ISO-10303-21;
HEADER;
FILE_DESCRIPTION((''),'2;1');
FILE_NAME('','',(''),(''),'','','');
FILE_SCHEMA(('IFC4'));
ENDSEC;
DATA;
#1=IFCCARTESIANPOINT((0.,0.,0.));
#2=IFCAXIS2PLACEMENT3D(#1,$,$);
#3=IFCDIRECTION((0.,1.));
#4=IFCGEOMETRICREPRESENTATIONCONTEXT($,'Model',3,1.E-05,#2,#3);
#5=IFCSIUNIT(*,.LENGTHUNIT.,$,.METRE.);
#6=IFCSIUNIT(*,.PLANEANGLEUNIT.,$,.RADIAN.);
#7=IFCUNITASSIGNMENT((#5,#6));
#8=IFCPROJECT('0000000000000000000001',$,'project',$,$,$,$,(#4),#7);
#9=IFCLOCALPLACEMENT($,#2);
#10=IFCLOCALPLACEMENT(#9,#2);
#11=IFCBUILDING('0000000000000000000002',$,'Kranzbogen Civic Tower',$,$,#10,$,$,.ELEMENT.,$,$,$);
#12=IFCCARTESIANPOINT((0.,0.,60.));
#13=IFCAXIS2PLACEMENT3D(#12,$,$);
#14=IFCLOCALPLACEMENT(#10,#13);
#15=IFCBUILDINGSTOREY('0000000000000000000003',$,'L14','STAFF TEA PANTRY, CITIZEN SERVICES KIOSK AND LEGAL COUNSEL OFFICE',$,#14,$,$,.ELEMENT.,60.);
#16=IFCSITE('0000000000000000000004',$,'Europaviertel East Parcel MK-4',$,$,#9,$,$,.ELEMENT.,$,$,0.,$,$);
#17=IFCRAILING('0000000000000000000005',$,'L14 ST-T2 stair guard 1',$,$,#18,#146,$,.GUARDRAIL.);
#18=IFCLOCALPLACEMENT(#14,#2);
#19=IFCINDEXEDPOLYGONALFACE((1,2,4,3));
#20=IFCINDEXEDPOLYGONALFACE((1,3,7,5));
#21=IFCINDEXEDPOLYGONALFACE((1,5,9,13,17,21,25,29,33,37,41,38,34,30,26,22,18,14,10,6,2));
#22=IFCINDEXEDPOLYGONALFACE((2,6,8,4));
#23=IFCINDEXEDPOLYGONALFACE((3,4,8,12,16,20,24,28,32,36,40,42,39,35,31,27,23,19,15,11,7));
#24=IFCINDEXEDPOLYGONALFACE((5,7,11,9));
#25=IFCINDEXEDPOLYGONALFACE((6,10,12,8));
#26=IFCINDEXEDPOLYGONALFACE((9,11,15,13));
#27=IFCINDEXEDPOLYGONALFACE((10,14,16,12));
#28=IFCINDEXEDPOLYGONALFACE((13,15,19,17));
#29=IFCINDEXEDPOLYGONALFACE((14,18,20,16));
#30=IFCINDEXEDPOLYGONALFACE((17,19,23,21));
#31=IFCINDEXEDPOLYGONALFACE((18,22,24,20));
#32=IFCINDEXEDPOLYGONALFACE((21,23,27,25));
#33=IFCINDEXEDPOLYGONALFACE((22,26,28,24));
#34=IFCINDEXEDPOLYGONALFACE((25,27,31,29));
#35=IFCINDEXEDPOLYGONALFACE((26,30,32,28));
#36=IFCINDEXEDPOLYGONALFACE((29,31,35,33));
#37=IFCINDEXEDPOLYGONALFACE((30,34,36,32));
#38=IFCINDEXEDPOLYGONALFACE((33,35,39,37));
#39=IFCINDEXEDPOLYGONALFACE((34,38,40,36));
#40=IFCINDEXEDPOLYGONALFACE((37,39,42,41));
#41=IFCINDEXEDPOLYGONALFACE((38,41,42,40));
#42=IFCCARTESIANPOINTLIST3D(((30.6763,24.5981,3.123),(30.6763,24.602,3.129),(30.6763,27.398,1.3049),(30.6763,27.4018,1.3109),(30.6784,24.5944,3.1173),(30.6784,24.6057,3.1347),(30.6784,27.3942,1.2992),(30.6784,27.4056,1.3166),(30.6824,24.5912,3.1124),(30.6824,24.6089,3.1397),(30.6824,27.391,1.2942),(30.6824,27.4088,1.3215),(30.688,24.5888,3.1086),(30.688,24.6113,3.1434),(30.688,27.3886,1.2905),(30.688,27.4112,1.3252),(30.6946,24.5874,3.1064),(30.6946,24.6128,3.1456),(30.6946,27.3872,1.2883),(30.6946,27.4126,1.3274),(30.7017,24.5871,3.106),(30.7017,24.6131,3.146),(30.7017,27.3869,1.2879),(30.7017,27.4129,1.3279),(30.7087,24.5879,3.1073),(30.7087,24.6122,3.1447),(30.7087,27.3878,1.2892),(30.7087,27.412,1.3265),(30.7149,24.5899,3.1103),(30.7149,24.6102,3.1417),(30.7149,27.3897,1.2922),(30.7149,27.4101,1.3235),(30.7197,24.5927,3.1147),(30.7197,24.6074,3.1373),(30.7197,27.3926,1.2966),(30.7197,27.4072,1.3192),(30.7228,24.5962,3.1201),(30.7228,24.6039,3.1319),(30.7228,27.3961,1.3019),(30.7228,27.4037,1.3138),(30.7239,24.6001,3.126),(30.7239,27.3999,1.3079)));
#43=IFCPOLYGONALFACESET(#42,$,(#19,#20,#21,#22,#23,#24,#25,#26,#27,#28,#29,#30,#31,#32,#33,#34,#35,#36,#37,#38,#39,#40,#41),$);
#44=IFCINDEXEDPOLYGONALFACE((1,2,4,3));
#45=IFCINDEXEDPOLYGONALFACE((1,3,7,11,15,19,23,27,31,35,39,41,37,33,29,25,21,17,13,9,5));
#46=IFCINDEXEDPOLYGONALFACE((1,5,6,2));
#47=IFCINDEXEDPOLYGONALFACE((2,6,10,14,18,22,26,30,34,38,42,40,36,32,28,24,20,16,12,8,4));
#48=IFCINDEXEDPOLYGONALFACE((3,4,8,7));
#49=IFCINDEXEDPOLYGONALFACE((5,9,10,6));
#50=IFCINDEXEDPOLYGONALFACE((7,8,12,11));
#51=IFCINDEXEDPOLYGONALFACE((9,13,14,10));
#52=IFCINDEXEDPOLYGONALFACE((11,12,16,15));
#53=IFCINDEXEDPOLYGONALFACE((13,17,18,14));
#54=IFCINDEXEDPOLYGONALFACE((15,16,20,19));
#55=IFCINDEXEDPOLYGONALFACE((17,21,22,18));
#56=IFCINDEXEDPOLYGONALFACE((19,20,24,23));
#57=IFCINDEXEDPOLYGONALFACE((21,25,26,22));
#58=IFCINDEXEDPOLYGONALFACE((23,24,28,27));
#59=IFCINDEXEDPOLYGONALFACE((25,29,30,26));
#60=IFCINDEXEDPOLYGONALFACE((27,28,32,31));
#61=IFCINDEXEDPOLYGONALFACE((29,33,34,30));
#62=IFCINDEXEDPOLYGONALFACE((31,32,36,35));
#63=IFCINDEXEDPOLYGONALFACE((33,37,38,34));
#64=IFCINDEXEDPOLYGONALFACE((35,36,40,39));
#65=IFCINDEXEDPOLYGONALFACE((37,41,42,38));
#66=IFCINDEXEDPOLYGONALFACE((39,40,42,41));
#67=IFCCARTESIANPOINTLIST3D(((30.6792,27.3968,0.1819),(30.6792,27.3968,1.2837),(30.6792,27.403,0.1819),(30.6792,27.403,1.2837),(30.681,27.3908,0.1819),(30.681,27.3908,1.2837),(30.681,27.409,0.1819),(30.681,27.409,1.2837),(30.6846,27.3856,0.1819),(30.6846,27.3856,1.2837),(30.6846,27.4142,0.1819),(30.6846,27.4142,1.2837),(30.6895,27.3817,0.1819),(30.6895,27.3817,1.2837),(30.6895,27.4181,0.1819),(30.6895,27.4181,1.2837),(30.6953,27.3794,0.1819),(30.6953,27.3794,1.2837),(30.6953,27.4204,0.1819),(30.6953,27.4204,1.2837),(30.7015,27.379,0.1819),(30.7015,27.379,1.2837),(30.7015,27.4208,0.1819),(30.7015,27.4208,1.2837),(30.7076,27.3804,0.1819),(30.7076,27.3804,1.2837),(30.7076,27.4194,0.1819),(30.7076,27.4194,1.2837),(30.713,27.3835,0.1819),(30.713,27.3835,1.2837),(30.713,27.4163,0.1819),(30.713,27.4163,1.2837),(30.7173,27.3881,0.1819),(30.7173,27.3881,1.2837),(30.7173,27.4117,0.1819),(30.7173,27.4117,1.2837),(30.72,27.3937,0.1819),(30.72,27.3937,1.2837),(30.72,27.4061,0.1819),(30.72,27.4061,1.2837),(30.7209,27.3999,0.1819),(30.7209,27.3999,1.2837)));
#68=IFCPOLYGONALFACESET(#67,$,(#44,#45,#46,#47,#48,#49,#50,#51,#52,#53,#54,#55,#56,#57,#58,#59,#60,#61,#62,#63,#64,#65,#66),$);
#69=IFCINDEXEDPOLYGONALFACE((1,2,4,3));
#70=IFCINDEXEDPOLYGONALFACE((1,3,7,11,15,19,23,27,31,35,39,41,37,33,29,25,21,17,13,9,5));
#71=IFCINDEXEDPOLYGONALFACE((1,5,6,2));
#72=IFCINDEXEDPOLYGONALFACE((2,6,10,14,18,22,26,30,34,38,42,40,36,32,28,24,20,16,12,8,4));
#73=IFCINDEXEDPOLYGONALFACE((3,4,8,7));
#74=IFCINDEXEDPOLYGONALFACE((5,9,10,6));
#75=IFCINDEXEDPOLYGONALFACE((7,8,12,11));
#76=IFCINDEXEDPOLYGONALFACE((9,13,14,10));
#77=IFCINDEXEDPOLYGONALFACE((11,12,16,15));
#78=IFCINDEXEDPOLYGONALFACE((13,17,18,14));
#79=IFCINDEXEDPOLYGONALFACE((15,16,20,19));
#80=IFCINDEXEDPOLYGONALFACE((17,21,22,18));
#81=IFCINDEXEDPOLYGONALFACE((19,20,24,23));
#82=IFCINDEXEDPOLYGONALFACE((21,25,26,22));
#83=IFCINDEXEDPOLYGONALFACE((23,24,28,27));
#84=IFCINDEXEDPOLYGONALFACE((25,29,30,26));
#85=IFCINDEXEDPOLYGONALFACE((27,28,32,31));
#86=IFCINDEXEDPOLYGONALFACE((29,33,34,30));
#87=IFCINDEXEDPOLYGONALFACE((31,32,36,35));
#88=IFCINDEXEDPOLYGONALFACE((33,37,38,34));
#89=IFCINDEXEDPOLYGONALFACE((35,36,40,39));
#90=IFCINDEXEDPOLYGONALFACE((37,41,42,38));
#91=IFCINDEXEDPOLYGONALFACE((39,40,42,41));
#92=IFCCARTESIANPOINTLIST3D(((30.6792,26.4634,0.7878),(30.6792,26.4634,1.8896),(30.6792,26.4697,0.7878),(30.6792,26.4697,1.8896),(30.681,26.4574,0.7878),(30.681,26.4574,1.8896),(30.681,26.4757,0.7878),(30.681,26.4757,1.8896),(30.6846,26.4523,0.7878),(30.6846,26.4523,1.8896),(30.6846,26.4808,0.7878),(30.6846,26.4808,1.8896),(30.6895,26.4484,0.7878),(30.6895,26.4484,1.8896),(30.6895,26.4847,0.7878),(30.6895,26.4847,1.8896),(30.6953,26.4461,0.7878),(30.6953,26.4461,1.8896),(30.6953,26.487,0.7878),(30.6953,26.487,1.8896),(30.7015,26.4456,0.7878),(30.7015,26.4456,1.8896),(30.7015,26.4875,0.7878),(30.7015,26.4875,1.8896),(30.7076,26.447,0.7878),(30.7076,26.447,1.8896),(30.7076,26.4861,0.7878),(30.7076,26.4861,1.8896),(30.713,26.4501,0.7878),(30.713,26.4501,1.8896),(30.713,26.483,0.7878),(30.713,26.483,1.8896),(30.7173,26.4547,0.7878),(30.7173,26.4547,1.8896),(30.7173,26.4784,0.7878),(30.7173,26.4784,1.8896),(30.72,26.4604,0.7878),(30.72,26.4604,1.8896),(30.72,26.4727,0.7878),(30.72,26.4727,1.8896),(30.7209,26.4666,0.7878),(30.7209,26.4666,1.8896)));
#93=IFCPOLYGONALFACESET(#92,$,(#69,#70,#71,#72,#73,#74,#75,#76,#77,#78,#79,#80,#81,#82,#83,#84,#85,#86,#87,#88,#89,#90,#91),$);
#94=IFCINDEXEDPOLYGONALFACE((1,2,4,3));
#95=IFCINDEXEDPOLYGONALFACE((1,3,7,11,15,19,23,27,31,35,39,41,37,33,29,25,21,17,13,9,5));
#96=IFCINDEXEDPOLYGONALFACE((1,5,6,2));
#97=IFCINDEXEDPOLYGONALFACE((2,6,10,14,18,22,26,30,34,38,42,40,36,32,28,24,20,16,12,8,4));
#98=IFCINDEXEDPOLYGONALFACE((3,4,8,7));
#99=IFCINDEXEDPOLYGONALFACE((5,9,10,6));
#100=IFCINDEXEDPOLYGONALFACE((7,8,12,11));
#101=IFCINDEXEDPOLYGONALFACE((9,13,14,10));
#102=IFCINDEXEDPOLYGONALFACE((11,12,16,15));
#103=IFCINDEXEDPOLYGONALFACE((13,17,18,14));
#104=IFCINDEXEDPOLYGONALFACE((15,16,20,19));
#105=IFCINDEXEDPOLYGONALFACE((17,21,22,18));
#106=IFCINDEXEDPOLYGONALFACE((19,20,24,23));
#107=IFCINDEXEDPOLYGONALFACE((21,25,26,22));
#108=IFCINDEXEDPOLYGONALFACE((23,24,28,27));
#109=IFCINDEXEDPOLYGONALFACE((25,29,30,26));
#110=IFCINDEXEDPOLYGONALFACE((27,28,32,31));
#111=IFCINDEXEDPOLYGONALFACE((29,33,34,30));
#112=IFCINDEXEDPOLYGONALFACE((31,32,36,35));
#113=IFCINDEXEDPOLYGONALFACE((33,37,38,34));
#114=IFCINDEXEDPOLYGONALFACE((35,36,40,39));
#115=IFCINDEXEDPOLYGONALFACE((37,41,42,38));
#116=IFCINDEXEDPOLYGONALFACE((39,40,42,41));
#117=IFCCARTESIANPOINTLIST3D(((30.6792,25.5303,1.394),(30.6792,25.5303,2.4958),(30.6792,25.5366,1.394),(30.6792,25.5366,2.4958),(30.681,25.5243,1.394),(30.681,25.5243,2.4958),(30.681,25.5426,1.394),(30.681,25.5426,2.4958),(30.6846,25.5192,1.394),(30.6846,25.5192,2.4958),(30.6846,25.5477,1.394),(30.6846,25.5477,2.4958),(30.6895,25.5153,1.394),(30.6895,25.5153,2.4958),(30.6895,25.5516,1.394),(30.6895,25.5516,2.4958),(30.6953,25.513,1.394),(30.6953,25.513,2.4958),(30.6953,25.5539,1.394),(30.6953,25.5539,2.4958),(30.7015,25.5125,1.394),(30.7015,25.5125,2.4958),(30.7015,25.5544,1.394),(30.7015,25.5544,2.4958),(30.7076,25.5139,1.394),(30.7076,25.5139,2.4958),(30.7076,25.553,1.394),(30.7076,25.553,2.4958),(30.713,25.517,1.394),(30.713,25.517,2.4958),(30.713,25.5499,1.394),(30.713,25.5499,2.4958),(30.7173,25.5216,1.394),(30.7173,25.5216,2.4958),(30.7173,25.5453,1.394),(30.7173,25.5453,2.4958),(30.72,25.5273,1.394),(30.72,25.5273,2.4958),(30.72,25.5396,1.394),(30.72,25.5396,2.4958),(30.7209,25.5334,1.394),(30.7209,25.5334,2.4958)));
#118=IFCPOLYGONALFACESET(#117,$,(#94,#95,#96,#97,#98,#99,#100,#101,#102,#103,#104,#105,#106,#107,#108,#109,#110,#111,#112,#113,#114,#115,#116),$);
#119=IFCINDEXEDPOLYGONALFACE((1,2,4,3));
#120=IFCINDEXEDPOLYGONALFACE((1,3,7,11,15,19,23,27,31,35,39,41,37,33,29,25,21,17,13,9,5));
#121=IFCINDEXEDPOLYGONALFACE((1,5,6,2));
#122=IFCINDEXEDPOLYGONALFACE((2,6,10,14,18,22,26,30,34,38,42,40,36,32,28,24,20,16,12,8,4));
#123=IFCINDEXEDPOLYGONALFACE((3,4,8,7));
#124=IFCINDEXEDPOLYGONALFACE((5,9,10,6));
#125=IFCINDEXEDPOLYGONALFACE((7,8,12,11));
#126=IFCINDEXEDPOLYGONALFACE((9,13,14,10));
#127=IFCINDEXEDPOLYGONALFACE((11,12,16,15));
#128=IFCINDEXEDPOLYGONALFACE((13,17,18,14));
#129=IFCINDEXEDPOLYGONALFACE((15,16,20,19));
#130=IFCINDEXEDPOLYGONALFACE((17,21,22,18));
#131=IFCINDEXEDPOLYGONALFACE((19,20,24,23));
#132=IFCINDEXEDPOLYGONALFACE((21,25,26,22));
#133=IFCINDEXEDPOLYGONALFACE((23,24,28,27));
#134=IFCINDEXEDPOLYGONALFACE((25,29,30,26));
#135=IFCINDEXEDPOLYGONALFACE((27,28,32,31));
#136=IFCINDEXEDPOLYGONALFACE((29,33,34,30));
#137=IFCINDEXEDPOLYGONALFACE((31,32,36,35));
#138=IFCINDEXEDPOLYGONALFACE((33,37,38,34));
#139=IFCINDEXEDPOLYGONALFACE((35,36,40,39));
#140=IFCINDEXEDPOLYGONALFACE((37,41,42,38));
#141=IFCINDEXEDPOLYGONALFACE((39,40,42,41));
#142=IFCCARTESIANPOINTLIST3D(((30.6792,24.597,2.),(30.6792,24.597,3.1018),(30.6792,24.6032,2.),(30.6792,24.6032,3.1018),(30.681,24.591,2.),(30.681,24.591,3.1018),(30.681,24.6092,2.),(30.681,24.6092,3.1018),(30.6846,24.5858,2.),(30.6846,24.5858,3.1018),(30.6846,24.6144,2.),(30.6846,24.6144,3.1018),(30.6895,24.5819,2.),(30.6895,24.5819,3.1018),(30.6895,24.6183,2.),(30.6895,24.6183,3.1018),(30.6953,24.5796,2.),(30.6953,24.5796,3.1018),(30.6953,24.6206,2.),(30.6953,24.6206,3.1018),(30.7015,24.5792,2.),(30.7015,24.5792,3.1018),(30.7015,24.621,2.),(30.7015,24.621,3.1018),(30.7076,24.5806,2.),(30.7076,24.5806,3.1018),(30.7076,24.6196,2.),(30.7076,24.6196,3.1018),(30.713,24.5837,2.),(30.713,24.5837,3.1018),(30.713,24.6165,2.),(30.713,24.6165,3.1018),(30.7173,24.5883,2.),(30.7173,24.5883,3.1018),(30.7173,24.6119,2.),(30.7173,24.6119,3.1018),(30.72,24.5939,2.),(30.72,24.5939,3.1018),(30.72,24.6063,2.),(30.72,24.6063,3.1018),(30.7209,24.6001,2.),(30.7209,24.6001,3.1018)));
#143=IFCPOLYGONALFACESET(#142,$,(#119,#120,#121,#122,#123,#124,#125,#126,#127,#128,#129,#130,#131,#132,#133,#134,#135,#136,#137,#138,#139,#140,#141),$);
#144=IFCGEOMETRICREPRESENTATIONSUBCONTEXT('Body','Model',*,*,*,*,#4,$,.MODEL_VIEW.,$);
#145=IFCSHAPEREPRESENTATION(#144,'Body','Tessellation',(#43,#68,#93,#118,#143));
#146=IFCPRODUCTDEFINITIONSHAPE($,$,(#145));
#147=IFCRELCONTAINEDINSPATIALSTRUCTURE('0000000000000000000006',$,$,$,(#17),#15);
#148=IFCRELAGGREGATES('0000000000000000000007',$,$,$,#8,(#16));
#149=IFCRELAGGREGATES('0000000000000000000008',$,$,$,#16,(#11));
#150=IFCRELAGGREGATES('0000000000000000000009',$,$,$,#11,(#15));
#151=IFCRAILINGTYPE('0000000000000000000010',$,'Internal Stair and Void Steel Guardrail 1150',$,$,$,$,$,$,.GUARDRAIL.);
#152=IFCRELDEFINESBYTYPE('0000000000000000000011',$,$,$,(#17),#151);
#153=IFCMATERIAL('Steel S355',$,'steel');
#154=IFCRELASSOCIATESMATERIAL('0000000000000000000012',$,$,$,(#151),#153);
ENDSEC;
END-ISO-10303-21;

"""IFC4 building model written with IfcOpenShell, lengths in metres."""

from ifc_helpers import new_model, si_unit, direction, frame, origin, origin_2d, place, context, subcontext, project, spatial, circle, extrude, material, type_object, element, save


model = new_model("IFC4")

# Units and contexts
model_context = context("Model", 3, precision=1e-05, world=origin(), true_north=direction((0.0, 1.0)))
body_context = subcontext(model_context, "Body", "Model", "MODEL_VIEW")
ifc_project = project(units=[si_unit("LENGTHUNIT", "METRE"), si_unit("PLANEANGLEUNIT", "RADIAN")], contexts=[model_context])

# Site, building, storey
site_placement = place(None, origin())
site = spatial("IfcSite", under=ifc_project, at=site_placement, Name="Europaviertel East Parcel MK-4", CompositionType="ELEMENT", RefElevation=0.0)
building_placement = place(site_placement, origin())
building = spatial("IfcBuilding", under=site, at=building_placement, Name="Kranzbogen Civic Tower", CompositionType="ELEMENT")
storey_placement = place(building_placement, frame((0.0, 0.0, 60.0)))
storey = spatial("IfcBuildingStorey", under=building, at=storey_placement, Name="L14", Description="STAFF TEA PANTRY, CITIZEN SERVICES KIOSK AND LEGAL COUNSEL OFFICE", CompositionType="ELEMENT", Elevation=60.0)

# Shared definitions
ifc_material_1 = material(Name="Steel S355", Category="steel")

# Railing
railing_type_1 = type_object("IfcRailingType", Name="Internal Stair and Void Steel Guardrail 1150", PredefinedType="GUARDRAIL", material=ifc_material_1)
railing_1_placement = place(storey_placement, frame((30.7, 27.3999, 0.1819)))
element("IfcRailing", 1, at=railing_1_placement, inside=storey, type_object=railing_type_1, Name="L14 ST-T2 stair guard 1", PredefinedType="GUARDRAIL", context=body_context, shape_type="SweptSolid", body=[
    extrude(circle(Radius=0.0239, at=origin_2d()), frame((0.0, 0.0, 1.126), z_axis=(0.0, -0.838684, 0.544618), x_axis=(1.0, 0.0, 0.0)), (0.0, 0.0, 1.0), 3.3384),
    extrude(circle(Radius=0.021, at=origin_2d()), origin(), (0.0, 0.0, 1.0), 1.1018),
    extrude(circle(Radius=0.021, at=origin_2d()), frame((0.0, -0.9333, 0.606)), (0.0, 0.0, 1.0), 1.1018),
    extrude(circle(Radius=0.021, at=origin_2d()), frame((0.0, -1.8665, 1.2122)), (0.0, 0.0, 1.0), 1.1018),
    extrude(circle(Radius=0.021, at=origin_2d()), frame((0.0, -2.7998, 1.8181)), (0.0, 0.0, 1.0), 1.1018),
])

save(model, "model.ifc")
